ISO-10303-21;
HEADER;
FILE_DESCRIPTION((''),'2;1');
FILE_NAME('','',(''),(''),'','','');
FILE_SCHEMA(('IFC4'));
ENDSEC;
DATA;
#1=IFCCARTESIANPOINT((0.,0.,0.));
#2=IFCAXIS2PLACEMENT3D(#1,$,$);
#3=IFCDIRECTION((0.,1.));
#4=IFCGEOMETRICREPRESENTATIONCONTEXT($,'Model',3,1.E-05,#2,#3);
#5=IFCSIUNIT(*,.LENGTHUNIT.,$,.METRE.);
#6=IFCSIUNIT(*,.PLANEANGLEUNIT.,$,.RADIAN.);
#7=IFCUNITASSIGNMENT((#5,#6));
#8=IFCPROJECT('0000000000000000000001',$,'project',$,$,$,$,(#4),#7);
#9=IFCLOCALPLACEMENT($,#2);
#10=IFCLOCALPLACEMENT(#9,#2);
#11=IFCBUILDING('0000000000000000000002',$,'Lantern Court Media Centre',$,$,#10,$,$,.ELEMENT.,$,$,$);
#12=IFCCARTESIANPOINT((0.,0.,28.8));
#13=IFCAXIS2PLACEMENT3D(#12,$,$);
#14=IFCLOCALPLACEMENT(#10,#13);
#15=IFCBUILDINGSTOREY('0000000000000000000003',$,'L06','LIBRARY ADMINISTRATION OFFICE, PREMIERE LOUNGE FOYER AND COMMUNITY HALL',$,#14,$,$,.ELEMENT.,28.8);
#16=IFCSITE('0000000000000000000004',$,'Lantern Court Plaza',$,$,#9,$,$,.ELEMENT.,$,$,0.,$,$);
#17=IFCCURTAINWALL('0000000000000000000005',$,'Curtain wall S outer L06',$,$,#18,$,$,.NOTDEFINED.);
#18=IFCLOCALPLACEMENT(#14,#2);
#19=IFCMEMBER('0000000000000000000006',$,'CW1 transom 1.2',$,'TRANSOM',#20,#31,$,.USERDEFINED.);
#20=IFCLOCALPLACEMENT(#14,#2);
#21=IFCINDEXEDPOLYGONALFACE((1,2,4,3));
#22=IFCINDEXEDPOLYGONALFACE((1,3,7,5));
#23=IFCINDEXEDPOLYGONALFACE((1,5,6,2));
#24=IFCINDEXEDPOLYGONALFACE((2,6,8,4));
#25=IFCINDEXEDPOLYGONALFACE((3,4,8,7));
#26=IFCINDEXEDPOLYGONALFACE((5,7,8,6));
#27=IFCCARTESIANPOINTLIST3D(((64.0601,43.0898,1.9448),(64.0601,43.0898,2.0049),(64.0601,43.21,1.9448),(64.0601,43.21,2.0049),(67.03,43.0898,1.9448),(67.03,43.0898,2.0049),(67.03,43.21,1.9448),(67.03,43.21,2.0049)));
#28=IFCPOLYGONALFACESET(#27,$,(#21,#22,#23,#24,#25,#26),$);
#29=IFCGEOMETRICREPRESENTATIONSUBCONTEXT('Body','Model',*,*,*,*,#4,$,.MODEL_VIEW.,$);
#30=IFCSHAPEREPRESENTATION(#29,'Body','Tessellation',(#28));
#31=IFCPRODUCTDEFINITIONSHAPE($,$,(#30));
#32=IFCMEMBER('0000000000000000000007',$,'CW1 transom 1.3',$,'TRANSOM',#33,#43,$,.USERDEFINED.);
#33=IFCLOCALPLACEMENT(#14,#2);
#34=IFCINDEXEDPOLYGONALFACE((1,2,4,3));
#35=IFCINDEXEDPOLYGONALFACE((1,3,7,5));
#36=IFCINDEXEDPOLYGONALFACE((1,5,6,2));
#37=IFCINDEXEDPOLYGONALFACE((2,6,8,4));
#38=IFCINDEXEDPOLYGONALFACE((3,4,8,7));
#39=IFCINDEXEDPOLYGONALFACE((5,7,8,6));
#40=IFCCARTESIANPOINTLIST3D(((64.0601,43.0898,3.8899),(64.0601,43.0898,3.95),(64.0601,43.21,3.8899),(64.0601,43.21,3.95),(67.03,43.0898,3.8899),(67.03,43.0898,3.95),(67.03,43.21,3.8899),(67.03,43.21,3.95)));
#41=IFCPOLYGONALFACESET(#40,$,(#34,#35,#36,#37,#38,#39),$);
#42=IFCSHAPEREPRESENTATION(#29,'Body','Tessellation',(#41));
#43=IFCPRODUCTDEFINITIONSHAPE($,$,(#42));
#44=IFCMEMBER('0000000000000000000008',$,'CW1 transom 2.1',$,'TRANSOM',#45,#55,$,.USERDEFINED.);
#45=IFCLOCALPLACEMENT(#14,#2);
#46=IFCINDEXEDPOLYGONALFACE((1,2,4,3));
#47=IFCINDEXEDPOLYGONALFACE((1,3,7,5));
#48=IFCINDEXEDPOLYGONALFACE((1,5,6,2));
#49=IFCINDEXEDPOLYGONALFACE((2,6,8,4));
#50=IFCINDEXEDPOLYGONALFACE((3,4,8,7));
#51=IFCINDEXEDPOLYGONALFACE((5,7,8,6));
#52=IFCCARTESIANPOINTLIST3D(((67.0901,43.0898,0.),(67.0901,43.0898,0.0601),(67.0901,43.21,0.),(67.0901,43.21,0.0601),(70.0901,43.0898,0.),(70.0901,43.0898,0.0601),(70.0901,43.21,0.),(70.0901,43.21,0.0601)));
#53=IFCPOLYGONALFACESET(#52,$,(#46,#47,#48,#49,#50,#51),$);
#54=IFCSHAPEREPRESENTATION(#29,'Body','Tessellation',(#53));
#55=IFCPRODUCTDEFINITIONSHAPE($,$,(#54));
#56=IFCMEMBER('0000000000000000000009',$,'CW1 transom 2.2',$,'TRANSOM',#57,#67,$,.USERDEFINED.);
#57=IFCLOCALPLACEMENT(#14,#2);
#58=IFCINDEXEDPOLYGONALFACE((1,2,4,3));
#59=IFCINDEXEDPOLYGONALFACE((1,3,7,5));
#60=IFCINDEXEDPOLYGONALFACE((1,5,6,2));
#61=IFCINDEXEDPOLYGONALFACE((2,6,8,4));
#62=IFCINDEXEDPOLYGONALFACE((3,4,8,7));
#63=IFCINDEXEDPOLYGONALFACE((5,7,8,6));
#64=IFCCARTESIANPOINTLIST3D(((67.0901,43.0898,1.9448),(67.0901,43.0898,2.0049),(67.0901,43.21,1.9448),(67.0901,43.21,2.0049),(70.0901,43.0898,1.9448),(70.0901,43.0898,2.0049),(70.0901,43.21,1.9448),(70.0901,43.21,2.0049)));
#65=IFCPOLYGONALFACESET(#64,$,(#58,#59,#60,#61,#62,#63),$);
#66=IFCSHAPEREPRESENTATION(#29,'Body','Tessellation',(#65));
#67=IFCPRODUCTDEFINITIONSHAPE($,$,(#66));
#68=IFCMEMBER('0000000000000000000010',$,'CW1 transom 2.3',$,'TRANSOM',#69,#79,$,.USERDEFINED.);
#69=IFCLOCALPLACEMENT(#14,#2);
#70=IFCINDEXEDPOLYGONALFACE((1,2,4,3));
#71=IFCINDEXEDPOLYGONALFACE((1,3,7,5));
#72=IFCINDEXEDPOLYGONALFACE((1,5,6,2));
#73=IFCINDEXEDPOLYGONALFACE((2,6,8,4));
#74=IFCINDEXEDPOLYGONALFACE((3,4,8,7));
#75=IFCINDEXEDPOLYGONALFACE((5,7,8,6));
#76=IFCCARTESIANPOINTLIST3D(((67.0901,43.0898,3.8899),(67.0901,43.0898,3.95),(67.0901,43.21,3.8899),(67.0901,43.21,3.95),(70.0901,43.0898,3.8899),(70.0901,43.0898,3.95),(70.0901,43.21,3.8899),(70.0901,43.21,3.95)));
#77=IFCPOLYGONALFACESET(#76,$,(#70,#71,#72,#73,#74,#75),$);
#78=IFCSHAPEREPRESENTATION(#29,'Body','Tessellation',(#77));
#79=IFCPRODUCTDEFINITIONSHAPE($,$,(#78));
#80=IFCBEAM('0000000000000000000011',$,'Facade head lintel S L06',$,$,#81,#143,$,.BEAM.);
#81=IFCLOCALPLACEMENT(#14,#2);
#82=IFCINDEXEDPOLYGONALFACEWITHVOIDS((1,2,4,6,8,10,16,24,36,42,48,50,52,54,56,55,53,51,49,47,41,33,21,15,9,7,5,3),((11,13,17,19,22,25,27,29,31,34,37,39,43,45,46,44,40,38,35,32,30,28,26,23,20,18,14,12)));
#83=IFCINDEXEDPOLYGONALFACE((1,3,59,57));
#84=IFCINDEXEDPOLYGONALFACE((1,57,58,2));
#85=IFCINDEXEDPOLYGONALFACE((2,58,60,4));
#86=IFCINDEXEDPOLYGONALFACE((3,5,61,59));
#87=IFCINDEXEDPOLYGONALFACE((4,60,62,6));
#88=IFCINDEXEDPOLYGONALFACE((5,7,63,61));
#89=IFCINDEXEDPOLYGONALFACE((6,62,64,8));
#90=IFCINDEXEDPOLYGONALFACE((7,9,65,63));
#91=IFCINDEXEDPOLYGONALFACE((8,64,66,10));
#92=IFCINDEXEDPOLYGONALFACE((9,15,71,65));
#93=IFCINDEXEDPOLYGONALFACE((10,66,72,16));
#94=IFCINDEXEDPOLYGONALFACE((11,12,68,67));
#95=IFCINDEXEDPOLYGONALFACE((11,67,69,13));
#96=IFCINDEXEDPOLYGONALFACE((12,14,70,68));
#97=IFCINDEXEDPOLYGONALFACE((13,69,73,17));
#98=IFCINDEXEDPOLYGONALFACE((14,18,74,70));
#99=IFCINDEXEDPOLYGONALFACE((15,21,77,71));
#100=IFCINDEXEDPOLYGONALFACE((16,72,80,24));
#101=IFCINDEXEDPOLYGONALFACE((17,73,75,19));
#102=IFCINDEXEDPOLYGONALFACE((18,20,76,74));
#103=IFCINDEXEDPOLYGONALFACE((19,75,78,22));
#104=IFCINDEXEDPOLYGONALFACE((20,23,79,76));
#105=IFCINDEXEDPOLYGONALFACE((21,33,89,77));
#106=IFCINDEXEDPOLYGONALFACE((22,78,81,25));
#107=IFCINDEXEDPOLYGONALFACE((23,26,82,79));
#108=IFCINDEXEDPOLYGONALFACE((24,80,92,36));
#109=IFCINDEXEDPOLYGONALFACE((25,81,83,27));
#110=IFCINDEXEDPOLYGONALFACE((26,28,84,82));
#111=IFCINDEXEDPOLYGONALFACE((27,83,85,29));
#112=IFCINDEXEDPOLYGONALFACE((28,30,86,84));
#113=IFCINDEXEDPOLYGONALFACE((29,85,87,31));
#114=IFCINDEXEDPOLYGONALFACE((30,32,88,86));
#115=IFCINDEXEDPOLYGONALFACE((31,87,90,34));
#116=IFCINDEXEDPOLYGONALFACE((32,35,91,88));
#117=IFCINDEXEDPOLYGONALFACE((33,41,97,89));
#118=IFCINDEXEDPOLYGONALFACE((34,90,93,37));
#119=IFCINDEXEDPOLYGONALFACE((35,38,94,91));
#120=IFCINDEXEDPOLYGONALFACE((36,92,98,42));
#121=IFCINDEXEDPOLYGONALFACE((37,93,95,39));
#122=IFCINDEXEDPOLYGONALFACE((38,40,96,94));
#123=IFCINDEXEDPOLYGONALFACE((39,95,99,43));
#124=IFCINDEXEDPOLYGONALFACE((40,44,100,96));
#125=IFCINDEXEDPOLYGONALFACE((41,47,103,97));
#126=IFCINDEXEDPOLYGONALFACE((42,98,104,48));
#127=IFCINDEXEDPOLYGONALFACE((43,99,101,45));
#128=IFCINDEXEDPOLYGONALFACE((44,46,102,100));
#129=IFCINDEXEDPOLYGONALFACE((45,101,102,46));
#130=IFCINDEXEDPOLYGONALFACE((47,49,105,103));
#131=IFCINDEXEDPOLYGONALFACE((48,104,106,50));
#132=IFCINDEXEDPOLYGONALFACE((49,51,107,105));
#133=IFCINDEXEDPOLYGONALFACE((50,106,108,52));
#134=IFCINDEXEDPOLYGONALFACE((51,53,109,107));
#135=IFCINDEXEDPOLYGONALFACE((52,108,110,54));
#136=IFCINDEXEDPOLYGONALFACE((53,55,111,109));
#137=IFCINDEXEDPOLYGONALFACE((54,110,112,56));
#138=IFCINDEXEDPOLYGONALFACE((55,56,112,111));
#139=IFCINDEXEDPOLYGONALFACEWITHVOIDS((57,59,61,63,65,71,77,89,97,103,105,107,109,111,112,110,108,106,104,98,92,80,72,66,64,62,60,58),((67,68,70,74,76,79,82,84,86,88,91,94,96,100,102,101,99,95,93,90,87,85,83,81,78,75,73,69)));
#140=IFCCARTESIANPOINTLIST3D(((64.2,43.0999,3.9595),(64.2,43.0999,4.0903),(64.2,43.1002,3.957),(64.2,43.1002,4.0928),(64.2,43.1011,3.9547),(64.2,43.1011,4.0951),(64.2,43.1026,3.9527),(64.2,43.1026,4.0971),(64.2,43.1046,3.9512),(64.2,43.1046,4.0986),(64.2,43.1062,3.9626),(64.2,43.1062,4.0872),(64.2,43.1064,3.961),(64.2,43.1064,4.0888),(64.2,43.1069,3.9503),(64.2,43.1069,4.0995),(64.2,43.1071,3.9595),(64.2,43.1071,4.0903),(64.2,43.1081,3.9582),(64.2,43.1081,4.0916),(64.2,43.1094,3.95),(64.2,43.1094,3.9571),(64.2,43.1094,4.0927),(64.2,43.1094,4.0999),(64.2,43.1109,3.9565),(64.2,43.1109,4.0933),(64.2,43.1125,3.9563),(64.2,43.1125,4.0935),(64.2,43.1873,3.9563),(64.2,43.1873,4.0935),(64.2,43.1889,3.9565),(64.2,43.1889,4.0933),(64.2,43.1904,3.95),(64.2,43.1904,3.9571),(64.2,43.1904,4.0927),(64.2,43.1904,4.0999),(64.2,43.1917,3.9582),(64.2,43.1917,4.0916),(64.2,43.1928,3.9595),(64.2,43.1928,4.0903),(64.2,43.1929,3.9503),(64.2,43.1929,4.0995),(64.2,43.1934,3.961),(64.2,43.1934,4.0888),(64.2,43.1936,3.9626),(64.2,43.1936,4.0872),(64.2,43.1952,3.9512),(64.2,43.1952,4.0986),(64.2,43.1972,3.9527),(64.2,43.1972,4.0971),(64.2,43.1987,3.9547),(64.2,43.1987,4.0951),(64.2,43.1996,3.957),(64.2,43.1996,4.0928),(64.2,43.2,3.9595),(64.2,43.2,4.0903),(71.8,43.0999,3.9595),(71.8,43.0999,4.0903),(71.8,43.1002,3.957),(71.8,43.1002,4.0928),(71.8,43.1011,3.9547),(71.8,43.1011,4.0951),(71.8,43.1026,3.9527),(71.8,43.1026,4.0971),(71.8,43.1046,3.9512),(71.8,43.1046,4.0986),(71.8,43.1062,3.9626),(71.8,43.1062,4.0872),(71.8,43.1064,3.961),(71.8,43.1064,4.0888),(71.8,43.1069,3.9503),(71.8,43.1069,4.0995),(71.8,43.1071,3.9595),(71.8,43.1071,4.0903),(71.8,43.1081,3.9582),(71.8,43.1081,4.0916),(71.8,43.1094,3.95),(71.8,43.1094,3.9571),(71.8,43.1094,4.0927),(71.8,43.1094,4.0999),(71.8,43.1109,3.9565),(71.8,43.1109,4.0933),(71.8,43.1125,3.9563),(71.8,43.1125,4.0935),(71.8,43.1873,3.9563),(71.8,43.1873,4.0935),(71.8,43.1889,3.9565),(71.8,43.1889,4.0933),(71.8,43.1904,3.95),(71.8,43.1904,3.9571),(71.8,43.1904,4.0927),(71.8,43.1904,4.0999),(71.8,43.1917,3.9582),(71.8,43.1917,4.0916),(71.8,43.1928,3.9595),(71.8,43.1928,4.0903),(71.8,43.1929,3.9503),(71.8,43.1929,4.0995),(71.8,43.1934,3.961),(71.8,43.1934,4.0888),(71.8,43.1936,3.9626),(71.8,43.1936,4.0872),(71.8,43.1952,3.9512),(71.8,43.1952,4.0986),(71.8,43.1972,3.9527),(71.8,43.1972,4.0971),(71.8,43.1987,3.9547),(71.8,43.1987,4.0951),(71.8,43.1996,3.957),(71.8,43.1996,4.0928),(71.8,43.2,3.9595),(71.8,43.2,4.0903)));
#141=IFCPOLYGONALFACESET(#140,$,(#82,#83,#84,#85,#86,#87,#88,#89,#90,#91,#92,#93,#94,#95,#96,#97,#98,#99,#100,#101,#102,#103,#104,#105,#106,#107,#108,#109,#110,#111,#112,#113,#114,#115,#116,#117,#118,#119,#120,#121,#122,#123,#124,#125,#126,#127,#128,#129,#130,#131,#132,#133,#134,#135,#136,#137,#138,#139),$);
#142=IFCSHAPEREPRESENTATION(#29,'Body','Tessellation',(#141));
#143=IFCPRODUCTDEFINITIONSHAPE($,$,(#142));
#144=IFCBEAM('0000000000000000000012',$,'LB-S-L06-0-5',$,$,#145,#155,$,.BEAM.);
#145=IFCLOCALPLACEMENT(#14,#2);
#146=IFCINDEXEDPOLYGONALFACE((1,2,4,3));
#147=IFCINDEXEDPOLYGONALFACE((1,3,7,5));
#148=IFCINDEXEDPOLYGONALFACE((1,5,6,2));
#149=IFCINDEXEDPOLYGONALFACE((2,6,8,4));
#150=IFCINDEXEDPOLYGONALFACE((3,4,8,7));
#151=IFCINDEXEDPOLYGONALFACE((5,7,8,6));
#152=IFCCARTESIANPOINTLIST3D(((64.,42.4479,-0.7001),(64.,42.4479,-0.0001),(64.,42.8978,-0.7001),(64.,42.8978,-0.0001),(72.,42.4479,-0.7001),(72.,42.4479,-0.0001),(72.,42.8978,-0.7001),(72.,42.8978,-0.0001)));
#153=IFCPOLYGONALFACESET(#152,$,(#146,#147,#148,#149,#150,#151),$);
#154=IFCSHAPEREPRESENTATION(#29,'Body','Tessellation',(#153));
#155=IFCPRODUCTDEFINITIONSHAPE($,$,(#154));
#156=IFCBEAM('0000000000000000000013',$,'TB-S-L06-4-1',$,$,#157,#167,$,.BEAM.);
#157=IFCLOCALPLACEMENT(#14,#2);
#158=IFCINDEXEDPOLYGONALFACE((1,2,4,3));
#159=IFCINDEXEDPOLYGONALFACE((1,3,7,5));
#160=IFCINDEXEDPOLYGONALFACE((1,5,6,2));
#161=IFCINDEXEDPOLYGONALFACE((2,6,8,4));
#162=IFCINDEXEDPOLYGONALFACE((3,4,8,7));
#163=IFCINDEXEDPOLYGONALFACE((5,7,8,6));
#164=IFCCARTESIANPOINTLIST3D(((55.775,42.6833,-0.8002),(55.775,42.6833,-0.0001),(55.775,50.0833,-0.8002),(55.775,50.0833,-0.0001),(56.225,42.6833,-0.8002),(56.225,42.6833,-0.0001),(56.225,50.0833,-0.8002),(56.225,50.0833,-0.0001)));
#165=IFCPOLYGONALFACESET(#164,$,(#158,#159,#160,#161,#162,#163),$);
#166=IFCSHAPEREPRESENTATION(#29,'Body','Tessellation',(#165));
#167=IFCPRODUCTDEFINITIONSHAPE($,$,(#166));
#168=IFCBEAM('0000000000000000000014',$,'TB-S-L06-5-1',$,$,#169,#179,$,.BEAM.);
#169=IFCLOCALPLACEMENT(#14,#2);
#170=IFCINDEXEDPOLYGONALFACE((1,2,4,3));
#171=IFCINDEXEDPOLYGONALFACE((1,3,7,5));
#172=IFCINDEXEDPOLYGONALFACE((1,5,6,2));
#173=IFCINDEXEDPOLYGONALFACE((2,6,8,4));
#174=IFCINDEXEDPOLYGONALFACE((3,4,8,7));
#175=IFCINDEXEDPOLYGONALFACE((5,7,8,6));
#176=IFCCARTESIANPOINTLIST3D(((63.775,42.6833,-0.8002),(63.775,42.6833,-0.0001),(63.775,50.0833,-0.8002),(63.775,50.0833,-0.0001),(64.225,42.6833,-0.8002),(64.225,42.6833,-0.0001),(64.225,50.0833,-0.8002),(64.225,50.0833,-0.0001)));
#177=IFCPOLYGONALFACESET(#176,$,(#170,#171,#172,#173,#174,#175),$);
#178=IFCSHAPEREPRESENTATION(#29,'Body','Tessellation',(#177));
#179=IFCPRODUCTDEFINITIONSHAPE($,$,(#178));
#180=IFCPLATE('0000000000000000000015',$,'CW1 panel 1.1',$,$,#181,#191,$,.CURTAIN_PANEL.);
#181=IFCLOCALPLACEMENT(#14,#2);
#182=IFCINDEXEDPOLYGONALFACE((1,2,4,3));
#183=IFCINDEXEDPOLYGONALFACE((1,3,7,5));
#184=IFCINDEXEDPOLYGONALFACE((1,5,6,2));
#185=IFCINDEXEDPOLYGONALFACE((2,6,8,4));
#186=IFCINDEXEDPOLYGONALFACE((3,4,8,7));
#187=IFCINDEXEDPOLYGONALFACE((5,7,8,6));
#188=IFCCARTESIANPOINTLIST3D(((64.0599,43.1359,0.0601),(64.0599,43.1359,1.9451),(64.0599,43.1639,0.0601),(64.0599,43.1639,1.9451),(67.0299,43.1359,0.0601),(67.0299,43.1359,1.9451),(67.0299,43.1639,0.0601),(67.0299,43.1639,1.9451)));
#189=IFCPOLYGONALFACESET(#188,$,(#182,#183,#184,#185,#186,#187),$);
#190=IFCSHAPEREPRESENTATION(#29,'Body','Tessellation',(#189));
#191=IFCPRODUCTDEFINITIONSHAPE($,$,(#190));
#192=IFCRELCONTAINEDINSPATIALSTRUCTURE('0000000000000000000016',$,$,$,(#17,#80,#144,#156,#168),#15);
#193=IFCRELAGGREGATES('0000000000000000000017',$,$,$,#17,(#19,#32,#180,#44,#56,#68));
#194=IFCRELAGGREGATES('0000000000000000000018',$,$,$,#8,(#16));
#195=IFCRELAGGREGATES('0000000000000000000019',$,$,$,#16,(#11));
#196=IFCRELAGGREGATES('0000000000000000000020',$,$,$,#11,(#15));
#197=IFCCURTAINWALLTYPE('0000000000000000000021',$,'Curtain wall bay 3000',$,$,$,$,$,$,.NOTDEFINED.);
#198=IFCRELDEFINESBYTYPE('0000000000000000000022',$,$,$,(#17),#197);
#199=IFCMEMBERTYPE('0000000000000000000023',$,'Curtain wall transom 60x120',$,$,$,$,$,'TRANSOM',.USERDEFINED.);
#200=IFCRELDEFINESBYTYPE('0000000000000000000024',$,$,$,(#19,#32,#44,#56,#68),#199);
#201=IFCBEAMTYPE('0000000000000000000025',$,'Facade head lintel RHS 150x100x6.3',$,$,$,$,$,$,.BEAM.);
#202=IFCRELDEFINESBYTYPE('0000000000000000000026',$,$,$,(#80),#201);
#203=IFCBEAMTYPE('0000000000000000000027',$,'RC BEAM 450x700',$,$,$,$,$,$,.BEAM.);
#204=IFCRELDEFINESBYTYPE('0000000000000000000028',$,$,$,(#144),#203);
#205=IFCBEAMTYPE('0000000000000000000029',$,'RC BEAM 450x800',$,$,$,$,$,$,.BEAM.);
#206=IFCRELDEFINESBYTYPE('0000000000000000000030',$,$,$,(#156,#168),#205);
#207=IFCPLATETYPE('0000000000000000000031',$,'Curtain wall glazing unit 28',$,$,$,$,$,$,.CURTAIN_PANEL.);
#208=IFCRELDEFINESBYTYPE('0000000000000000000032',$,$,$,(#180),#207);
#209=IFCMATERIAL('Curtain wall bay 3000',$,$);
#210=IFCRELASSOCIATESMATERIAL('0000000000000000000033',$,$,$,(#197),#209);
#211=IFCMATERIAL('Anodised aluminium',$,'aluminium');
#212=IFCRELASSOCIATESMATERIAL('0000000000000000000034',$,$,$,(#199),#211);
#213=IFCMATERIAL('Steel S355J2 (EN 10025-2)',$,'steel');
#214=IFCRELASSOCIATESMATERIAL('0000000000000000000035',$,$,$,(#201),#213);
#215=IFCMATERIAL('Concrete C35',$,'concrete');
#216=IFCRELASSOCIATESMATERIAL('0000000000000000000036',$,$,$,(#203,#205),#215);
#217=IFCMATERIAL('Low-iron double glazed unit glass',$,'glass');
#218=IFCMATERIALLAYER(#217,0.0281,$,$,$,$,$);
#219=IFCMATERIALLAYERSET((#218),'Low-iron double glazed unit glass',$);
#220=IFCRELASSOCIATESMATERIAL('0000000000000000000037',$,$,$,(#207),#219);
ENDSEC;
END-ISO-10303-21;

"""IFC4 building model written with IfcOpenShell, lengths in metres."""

from ifc_helpers import new_model, si_unit, direction, frame, origin, origin_2d, place, context, subcontext, project, spatial, rectangle, hollow_rectangle, extrude, material, layer, layer_set, material_profile, profile_set, type_object, element, aggregate, save


model = new_model("IFC4")

# Units and contexts
model_context = context("Model", 3, precision=1e-05, world=origin(), true_north=direction((0.0, 1.0)))
body_context = subcontext(model_context, "Body", "Model", "MODEL_VIEW")
ifc_project = project(units=[si_unit("LENGTHUNIT", "METRE"), si_unit("PLANEANGLEUNIT", "RADIAN")], contexts=[model_context])

# Site, building, storey
site_placement = place(None, origin())
site = spatial("IfcSite", under=ifc_project, at=site_placement, Name="Lantern Court Plaza", CompositionType="ELEMENT", RefElevation=0.0)
building_placement = place(site_placement, origin())
building = spatial("IfcBuilding", under=site, at=building_placement, Name="Lantern Court Media Centre", CompositionType="ELEMENT")
storey_placement = place(building_placement, frame((0.0, 0.0, 28.8)))
storey = spatial("IfcBuildingStorey", under=building, at=storey_placement, Name="L06", Description="LIBRARY ADMINISTRATION OFFICE, PREMIERE LOUNGE FOYER AND COMMUNITY HALL", CompositionType="ELEMENT", Elevation=28.8)

# Shared definitions
ifc_material_1 = material(Name="Concrete C35", Category="concrete")

# Curtain wall
ifc_material_2 = material(Name="Curtain wall bay 3000")
curtain_wall_type_1 = type_object("IfcCurtainWallType", Name="Curtain wall bay 3000", PredefinedType="NOTDEFINED", material=ifc_material_2)
curtain_wall_1_placement = place(storey_placement, origin())
curtain_wall_1 = element("IfcCurtainWall", 1, at=curtain_wall_1_placement, inside=storey, type_object=curtain_wall_type_1, Name="Curtain wall S outer L06", PredefinedType="NOTDEFINED")
ifc_material_3 = material(Name="Anodised aluminium", Category="aluminium")

# Members
ifc_material_profile_1 = material_profile(ifc_material_3, rectangle(XDim=0.1201, YDim=0.0601, at=origin_2d()), Name="AL 60x120")
ifc_profile_set_1 = profile_set([ifc_material_profile_1], Name="Anodised aluminium")
member_type_1 = type_object("IfcMemberType", Name="Curtain wall transom 60x120", ElementType="TRANSOM", PredefinedType="USERDEFINED", material=ifc_profile_set_1)
member_1_placement = place(storey_placement, frame((64.0601, 43.1499, 1.9749), z_axis=(1.0, 0.0, 0.0), x_axis=(0.0, 1.0, 0.0)))
member_1 = element("IfcMember", 2, at=member_1_placement, type_object=member_type_1, Name="CW1 transom 1.2", ObjectType="TRANSOM", PredefinedType="USERDEFINED", context=body_context, shape_type="SweptSolid", body=[
    extrude(rectangle(XDim=0.1201, YDim=0.0601, at=origin_2d()), origin(), (0.0, 0.0, 1.0), 2.97),
])
member_2_placement = place(storey_placement, frame((64.0601, 43.1499, 3.9199), z_axis=(1.0, 0.0, 0.0), x_axis=(0.0, 1.0, 0.0)))
member_2 = element("IfcMember", 3, at=member_2_placement, type_object=member_type_1, Name="CW1 transom 1.3", ObjectType="TRANSOM", PredefinedType="USERDEFINED", context=body_context, shape_type="SweptSolid", body=[
    extrude(rectangle(XDim=0.1201, YDim=0.0601, at=origin_2d()), origin(), (0.0, 0.0, 1.0), 2.97),
])
member_3_placement = place(storey_placement, frame((67.0901, 43.1499, 0.03), z_axis=(1.0, 0.0, 0.0), x_axis=(0.0, 1.0, 0.0)))
member_3 = element("IfcMember", 4, at=member_3_placement, type_object=member_type_1, Name="CW1 transom 2.1", ObjectType="TRANSOM", PredefinedType="USERDEFINED", context=body_context, shape_type="SweptSolid", body=[
    extrude(rectangle(XDim=0.1201, YDim=0.0601, at=origin_2d()), origin(), (0.0, 0.0, 1.0), 3.0),
])
member_4_placement = place(storey_placement, frame((67.0901, 43.1499, 1.9749), z_axis=(1.0, 0.0, 0.0), x_axis=(0.0, 1.0, 0.0)))
member_4 = element("IfcMember", 5, at=member_4_placement, type_object=member_type_1, Name="CW1 transom 2.2", ObjectType="TRANSOM", PredefinedType="USERDEFINED", context=body_context, shape_type="SweptSolid", body=[
    extrude(rectangle(XDim=0.1201, YDim=0.0601, at=origin_2d()), origin(), (0.0, 0.0, 1.0), 3.0),
])
member_5_placement = place(storey_placement, frame((67.0901, 43.1499, 3.9199), z_axis=(1.0, 0.0, 0.0), x_axis=(0.0, 1.0, 0.0)))
member_5 = element("IfcMember", 6, at=member_5_placement, type_object=member_type_1, Name="CW1 transom 2.3", ObjectType="TRANSOM", PredefinedType="USERDEFINED", context=body_context, shape_type="SweptSolid", body=[
    extrude(rectangle(XDim=0.1201, YDim=0.0601, at=origin_2d()), origin(), (0.0, 0.0, 1.0), 3.0),
])

# Beams
ifc_material_4 = material(Name="Steel S355J2 (EN 10025-2)", Category="steel")
ifc_material_profile_2 = material_profile(ifc_material_4, hollow_rectangle(XDim=0.1001, YDim=0.1499, WallThickness=0.0063, InnerFilletRadius=0.0063, OuterFilletRadius=0.0095, at=origin_2d()), Name="Facade head lintel RHS 150x100x6.3")
ifc_profile_set_2 = profile_set([ifc_material_profile_2], Name="Steel S355J2 (EN 10025-2)")
beam_type_1 = type_object("IfcBeamType", Name="Facade head lintel RHS 150x100x6.3", PredefinedType="BEAM", material=ifc_profile_set_2)
beam_1_placement = place(storey_placement, frame((64.2, 43.1499, 4.0249), z_axis=(1.0, 0.0, 0.0), x_axis=(0.0, 1.0, 0.0)))
element("IfcBeam", 7, at=beam_1_placement, inside=storey, type_object=beam_type_1, Name="Facade head lintel S L06", PredefinedType="BEAM", context=body_context, shape_type="SweptSolid", body=[
    extrude(hollow_rectangle(XDim=0.1001, YDim=0.1499, WallThickness=0.0063, InnerFilletRadius=0.0063, OuterFilletRadius=0.0095, at=origin_2d()), origin(), (0.0, 0.0, 1.0), 7.6001),
])
ifc_material_profile_3 = material_profile(ifc_material_1, rectangle(XDim=0.45, YDim=0.7, at=origin_2d()), Name="RC 450x700")
ifc_profile_set_3 = profile_set([ifc_material_profile_3], Name="Concrete C35")
beam_type_2 = type_object("IfcBeamType", Name="RC BEAM 450x700", PredefinedType="BEAM", material=ifc_profile_set_3)
beam_2_placement = place(storey_placement, frame((64.0, 42.6729, -0.3501), z_axis=(1.0, 0.0, 0.0), x_axis=(0.0, 1.0, 0.0)))
element("IfcBeam", 8, at=beam_2_placement, inside=storey, type_object=beam_type_2, Name="LB-S-L06-0-5", PredefinedType="BEAM", context=body_context, shape_type="SweptSolid", body=[
    extrude(rectangle(XDim=0.45, YDim=0.7, at=origin_2d()), origin(), (0.0, 0.0, 1.0), 8.0),
])
ifc_material_profile_4 = material_profile(ifc_material_1, rectangle(XDim=0.45, YDim=0.8, at=origin_2d()), Name="RC 450x800")
ifc_profile_set_4 = profile_set([ifc_material_profile_4], Name="Concrete C35")
beam_type_3 = type_object("IfcBeamType", Name="RC BEAM 450x800", PredefinedType="BEAM", material=ifc_profile_set_4)
for number, where, z_axis, x_axis, name in (
    (9, (56.0, 42.6833, -0.4001), (0.0, 1.0, 0.0), (-1.0, 0.0, 0.0), "TB-S-L06-4-1"),
    (10, (64.0, 42.6833, -0.4001), (0.0, 1.0, 0.0), (-1.0, 0.0, 0.0), "TB-S-L06-5-1"),
):
    element("IfcBeam", number, at=place(storey_placement, frame(where, z_axis=z_axis, x_axis=x_axis)), inside=storey, type_object=beam_type_3, Name=name, PredefinedType="BEAM", context=body_context, shape_type="SweptSolid", body=[
        extrude(rectangle(XDim=0.45, YDim=0.8, at=origin_2d()), origin(), (0.0, 0.0, 1.0), 7.3999),
    ])

# Plate
ifc_material_5 = material(Name="Low-iron double glazed unit glass", Category="glass")
ifc_layer_1 = layer(ifc_material_5, 0.0281)
ifc_layer_set_1 = layer_set([ifc_layer_1], Name="Low-iron double glazed unit glass")
plate_type_1 = type_object("IfcPlateType", Name="Curtain wall glazing unit 28", PredefinedType="CURTAIN_PANEL", material=ifc_layer_set_1)
plate_1_placement = place(storey_placement, frame((65.5449, 43.1499, 0.0601), z_axis=(0.0, 0.0, 1.0), x_axis=(1.0, 0.0, 0.0)))
plate_1 = element("IfcPlate", 11, at=plate_1_placement, type_object=plate_type_1, Name="CW1 panel 1.1", PredefinedType="CURTAIN_PANEL", context=body_context, shape_type="SweptSolid", body=[
    extrude(rectangle(XDim=2.97, YDim=0.0281, at=origin_2d()), origin(), (0.0, 0.0, 1.0), 1.885),
])
aggregate(curtain_wall_1, [member_1, member_2, plate_1, member_3, member_4, member_5])

save(model, "model.ifc")
